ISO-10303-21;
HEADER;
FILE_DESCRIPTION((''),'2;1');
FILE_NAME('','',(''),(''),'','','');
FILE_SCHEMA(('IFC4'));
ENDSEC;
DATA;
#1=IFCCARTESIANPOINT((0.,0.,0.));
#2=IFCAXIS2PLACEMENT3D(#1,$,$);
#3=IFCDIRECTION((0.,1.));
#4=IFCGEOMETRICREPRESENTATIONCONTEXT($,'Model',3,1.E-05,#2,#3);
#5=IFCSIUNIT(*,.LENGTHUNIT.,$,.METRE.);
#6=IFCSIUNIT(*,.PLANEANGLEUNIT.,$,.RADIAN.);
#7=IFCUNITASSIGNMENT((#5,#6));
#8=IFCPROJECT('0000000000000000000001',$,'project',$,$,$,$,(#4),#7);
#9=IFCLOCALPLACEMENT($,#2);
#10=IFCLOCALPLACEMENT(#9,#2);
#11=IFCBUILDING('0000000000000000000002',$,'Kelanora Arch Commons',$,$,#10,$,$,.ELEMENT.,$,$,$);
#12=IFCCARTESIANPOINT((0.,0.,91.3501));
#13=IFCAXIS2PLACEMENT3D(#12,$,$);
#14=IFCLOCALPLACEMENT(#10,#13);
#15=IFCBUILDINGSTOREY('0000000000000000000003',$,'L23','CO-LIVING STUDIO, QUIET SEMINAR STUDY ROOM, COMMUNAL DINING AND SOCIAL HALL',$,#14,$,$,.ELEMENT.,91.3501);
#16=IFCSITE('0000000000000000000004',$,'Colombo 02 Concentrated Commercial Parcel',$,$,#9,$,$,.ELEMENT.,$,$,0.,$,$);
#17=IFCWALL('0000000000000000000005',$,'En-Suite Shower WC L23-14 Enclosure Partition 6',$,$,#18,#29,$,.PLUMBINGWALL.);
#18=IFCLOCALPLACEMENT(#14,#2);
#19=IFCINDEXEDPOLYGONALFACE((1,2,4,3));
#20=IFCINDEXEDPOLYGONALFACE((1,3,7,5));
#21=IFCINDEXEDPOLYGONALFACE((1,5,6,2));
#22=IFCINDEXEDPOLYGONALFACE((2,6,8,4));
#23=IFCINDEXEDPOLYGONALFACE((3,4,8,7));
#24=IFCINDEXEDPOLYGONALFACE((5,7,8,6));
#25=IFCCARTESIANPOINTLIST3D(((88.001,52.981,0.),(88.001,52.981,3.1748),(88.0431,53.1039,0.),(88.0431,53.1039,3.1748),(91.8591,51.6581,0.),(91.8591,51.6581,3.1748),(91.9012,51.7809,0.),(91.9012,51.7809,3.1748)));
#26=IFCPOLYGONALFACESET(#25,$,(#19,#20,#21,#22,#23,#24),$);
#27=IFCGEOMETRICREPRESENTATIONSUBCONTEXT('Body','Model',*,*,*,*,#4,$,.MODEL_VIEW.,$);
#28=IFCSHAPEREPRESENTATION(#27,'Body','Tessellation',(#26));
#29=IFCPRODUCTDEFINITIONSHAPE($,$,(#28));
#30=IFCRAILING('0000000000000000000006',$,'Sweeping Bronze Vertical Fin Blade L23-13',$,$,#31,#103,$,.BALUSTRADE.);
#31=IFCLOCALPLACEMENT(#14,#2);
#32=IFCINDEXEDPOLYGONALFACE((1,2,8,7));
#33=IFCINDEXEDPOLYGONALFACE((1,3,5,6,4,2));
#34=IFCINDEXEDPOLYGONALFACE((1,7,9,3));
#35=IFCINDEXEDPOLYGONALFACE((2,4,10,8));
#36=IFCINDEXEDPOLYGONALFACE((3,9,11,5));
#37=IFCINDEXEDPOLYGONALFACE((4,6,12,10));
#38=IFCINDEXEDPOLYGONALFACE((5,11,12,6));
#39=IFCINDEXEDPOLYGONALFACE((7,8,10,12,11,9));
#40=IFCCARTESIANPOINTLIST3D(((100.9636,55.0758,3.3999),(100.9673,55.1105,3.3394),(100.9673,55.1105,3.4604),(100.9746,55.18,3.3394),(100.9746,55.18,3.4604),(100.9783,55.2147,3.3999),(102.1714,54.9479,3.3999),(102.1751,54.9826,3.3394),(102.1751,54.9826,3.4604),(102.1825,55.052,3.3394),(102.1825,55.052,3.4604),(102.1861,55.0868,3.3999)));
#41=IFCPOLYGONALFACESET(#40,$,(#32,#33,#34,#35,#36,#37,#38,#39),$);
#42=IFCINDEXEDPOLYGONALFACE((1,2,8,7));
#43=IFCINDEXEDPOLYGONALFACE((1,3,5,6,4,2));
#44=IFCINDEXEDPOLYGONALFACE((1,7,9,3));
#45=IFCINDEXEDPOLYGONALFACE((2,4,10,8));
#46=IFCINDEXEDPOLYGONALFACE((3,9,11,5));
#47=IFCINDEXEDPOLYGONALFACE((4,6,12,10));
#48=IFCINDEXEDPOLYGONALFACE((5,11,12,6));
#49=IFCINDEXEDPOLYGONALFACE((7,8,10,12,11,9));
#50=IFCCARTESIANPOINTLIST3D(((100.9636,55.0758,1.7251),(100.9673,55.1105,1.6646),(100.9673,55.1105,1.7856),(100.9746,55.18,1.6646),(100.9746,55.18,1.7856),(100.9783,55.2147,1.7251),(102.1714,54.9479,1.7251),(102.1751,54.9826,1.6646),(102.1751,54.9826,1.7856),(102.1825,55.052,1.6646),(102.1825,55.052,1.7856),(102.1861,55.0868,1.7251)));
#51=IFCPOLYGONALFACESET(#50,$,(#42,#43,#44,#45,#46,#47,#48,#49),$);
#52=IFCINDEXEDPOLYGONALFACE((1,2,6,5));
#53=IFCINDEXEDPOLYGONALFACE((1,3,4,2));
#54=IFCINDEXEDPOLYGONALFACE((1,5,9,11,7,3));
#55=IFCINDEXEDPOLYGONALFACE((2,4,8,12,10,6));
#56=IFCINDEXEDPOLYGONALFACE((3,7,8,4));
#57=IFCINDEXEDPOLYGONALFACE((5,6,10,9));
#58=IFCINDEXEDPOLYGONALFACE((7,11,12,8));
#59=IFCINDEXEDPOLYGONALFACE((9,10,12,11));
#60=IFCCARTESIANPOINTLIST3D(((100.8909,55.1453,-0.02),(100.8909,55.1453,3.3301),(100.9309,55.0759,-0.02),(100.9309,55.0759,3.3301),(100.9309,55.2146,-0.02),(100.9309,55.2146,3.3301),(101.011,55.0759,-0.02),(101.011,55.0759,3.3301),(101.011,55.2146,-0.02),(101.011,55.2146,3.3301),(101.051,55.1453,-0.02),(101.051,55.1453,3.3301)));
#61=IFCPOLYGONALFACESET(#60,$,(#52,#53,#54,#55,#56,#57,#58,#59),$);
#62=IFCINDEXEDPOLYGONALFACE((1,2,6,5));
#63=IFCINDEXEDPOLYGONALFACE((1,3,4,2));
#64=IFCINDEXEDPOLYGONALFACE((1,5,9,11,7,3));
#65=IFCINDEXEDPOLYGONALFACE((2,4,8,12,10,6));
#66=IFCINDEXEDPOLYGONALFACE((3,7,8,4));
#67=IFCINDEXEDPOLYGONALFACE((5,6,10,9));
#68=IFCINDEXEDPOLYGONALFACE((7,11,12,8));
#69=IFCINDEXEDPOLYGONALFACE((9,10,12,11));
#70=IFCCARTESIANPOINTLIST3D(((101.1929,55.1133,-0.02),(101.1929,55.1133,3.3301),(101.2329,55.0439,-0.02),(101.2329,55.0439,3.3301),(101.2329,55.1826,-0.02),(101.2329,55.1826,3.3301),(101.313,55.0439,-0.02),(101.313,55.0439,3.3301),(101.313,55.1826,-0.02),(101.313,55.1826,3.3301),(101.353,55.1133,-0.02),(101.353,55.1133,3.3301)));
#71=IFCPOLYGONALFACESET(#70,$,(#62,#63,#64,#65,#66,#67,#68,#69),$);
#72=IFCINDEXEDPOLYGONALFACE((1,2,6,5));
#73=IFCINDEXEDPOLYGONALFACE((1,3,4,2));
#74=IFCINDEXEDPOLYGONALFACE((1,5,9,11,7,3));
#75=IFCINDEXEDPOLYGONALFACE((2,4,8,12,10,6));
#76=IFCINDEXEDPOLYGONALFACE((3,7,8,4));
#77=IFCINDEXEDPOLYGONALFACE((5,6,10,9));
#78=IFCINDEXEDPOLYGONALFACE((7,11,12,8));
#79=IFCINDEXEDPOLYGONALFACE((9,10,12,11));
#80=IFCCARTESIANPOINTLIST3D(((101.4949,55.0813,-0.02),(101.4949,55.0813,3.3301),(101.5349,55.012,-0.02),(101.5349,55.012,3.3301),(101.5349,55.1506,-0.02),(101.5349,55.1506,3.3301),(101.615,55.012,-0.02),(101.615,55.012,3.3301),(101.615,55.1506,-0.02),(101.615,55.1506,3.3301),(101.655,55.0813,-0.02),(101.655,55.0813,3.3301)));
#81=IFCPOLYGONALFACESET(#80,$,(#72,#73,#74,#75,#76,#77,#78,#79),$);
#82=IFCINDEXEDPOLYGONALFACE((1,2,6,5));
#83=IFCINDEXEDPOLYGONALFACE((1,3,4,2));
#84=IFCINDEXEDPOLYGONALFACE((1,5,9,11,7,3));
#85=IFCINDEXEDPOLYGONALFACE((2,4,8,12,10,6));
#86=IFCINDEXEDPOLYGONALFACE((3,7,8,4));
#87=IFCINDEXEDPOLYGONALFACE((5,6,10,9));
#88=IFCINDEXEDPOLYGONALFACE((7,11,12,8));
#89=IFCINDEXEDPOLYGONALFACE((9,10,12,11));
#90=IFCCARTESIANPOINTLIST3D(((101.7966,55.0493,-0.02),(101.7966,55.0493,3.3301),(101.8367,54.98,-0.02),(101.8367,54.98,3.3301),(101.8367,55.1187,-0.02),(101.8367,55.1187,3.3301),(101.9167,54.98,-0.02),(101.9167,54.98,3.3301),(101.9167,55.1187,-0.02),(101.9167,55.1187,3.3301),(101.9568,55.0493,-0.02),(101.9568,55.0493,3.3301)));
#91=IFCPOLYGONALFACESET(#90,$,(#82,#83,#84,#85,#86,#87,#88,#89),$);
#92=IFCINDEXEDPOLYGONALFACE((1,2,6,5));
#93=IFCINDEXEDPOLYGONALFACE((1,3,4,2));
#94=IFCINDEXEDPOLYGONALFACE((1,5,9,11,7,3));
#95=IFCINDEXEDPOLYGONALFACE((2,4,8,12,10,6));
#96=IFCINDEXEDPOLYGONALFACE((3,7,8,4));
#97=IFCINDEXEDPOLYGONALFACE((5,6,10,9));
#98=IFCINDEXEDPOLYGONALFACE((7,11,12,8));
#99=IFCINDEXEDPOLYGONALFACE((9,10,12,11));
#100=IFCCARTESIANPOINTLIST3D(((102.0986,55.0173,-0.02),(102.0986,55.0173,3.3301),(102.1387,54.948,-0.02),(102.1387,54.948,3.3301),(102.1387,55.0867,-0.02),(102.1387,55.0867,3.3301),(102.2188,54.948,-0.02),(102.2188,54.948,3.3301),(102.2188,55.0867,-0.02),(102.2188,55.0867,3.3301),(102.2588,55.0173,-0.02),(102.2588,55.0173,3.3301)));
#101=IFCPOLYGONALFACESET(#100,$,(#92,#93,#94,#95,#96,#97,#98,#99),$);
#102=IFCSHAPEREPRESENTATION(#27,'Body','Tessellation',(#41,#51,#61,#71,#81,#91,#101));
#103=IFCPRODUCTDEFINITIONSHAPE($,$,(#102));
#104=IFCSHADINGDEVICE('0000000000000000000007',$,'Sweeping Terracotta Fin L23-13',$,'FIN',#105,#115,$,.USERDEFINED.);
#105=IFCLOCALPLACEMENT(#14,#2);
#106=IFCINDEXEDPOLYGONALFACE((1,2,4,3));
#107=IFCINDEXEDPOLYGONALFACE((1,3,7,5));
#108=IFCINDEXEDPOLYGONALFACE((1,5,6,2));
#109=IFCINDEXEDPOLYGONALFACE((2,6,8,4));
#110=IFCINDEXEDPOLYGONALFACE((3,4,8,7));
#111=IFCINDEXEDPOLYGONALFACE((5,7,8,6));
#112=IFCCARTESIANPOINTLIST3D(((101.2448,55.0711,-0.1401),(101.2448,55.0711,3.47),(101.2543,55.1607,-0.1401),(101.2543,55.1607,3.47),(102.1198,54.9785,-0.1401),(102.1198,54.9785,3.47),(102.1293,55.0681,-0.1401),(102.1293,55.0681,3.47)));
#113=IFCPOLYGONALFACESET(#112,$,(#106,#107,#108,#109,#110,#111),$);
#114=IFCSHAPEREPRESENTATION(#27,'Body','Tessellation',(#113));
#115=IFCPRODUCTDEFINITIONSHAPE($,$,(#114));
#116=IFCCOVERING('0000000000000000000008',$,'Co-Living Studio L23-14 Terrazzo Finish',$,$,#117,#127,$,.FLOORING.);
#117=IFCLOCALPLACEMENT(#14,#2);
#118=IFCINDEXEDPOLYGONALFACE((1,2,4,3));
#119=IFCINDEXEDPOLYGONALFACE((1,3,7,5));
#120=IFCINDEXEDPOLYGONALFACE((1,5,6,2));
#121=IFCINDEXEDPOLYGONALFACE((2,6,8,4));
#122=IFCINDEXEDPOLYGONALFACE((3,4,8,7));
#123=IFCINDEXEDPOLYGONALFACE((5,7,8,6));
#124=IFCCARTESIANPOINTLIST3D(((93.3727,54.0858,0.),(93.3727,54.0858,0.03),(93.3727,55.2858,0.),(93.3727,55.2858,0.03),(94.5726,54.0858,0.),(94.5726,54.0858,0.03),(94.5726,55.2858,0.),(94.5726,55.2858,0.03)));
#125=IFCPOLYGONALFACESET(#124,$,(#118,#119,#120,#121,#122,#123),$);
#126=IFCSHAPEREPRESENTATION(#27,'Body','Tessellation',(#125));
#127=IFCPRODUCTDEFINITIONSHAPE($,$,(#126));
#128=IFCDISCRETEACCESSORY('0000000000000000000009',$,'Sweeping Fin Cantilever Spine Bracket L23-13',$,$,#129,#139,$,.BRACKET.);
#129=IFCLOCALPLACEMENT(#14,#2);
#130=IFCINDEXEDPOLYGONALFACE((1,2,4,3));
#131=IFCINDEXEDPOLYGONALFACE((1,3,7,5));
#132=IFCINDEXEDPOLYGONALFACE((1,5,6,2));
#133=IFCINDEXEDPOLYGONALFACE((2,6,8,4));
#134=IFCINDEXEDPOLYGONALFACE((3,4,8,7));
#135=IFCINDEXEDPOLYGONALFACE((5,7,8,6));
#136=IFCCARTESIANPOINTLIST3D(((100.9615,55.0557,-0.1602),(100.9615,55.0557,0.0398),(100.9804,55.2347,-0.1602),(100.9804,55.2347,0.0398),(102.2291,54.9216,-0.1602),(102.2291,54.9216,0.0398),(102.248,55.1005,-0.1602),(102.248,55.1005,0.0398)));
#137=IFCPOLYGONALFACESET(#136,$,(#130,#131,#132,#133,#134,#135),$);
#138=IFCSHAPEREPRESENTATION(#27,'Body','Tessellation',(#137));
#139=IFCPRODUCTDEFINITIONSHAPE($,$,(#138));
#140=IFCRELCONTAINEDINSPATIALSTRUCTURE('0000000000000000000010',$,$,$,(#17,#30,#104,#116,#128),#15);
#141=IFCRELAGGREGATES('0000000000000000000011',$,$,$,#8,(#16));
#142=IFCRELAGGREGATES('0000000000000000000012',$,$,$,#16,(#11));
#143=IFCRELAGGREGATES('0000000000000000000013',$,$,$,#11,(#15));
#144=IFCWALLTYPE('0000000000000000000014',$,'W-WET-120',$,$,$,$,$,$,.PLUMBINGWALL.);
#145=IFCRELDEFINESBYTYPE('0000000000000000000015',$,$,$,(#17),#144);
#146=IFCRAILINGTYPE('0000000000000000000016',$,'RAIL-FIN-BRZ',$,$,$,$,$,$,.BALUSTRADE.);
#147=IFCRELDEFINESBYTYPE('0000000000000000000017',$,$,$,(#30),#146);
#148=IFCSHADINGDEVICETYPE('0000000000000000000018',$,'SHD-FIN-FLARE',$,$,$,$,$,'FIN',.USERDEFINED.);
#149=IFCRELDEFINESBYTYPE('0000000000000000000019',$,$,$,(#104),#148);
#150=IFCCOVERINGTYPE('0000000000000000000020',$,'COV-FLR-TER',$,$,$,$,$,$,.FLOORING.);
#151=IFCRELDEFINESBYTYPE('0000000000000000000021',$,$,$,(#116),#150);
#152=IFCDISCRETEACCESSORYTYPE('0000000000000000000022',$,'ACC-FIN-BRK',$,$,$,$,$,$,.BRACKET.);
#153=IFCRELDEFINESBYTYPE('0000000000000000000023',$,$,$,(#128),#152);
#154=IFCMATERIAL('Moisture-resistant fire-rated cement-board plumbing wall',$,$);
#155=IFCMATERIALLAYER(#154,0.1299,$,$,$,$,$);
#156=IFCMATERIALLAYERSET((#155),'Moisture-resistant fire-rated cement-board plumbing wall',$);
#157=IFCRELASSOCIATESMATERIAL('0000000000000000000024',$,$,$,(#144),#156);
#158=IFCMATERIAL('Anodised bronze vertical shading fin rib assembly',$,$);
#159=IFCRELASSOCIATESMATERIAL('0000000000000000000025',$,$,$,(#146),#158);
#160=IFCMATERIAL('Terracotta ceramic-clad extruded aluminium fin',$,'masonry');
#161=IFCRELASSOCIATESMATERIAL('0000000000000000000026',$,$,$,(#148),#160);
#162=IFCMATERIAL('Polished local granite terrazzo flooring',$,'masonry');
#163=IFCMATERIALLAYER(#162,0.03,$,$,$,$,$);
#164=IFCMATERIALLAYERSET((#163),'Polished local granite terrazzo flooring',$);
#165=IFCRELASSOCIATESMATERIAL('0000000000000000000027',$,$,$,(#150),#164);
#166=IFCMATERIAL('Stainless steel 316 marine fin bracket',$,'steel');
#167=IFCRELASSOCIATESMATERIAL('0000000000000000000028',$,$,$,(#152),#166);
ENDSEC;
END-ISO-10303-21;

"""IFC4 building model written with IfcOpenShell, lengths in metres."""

from ifc_helpers import new_model, si_unit, direction, frame, frame_2d, origin, origin_2d, place, context, subcontext, project, spatial, polyline, rectangle, outline, extrude, source, transform, mapped, material, layer, layer_set, type_object, element, save


model = new_model("IFC4")

# Units and contexts
model_context = context("Model", 3, precision=1e-05, world=origin(), true_north=direction((0.0, 1.0)))
body_context = subcontext(model_context, "Body", "Model", "MODEL_VIEW")
ifc_project = project(units=[si_unit("LENGTHUNIT", "METRE"), si_unit("PLANEANGLEUNIT", "RADIAN")], contexts=[model_context])

# Site, building, storey
site_placement = place(None, origin())
site = spatial("IfcSite", under=ifc_project, at=site_placement, Name="Colombo 02 Concentrated Commercial Parcel", CompositionType="ELEMENT", RefElevation=0.0)
building_placement = place(site_placement, origin())
building = spatial("IfcBuilding", under=site, at=building_placement, Name="Kelanora Arch Commons", CompositionType="ELEMENT")
storey_placement = place(building_placement, frame((0.0, 0.0, 91.3501)))
storey = spatial("IfcBuildingStorey", under=building, at=storey_placement, Name="L23", Description="CO-LIVING STUDIO, QUIET SEMINAR STUDY ROOM, COMMUNAL DINING AND SOCIAL HALL", CompositionType="ELEMENT", Elevation=91.3501)

# Shared definitions
ifc_material_1 = material(Name="Moisture-resistant fire-rated cement-board plumbing wall")
ifc_layer_1 = layer(ifc_material_1, 0.1299)
ifc_layer_set_1 = layer_set([ifc_layer_1], Name="Moisture-resistant fire-rated cement-board plumbing wall")
wall_type_1 = type_object("IfcWallType", Name="W-WET-120", PredefinedType="PLUMBINGWALL", material=ifc_layer_set_1)

# Wall
wall_1_placement = place(storey_placement, frame((91.8801, 51.7195, 0.0), z_axis=(0.0, 0.0, 1.0), x_axis=(-0.945931, 0.324369, 0.0)))
element("IfcWall", 1, at=wall_1_placement, inside=storey, type_object=wall_type_1, Name="En-Suite Shower WC L23-14 Enclosure Partition 6", PredefinedType="PLUMBINGWALL", context=body_context, shape_type="SweptSolid", body=[
    extrude(rectangle(XDim=4.0786, YDim=0.1299, at=frame_2d((2.0393, 0.0))), origin(), (0.0, 0.0, 1.0), 3.1748),
])

# Railing
ifc_material_2 = material(Name="Anodised bronze vertical shading fin rib assembly")
railing_type_1 = type_object("IfcRailingType", Name="RAIL-FIN-BRZ", PredefinedType="BALUSTRADE", material=ifc_material_2)
railing_1_placement = place(storey_placement, frame((100.9709, 55.1453, -0.02)))
element("IfcRailing", 2, at=railing_1_placement, inside=storey, type_object=railing_type_1, Name="Sweeping Bronze Vertical Fin Blade L23-13", PredefinedType="BALUSTRADE", context=body_context, shape_type="SweptSolid", body=[
    extrude(outline(polyline([(0.0698, 0.0), (0.0349, 0.0605), (-0.0349, 0.0605), (-0.0698, 0.0), (-0.0349, -0.0605), (0.0349, -0.0605), (0.0698, 0.0)])), frame((0.0, 0.0, 3.4199), z_axis=(0.994437, -0.105334, 0.0), x_axis=(0.105334, 0.994437, 0.0)), (0.0, 0.0, 1.0), 1.2146),
    extrude(outline(polyline([(0.0698, 0.0), (0.0349, 0.0605), (-0.0349, 0.0605), (-0.0698, 0.0), (-0.0349, -0.0605), (0.0349, -0.0605), (0.0698, 0.0)])), frame((0.0, 0.0, 1.7451), z_axis=(0.994437, -0.105334, 0.0), x_axis=(0.105334, 0.994437, 0.0)), (0.0, 0.0, 1.0), 1.2146),
    extrude(outline(polyline([(0.0801, 0.0), (0.04, 0.0693), (-0.04, 0.0693), (-0.0801, 0.0), (-0.04, -0.0693), (0.04, -0.0693), (0.0801, 0.0)])), origin(), (0.0, 0.0, 1.0), 3.3501),
    extrude(outline(polyline([(0.0801, 0.0), (0.04, 0.0693), (-0.04, 0.0693), (-0.0801, 0.0), (-0.04, -0.0693), (0.04, -0.0693), (0.0801, 0.0)])), frame((0.302, -0.032, 0.0)), (0.0, 0.0, 1.0), 3.3501),
    extrude(outline(polyline([(0.0801, 0.0), (0.04, 0.0693), (-0.04, 0.0693), (-0.0801, 0.0), (-0.04, -0.0693), (0.04, -0.0693), (0.0801, 0.0)])), frame((0.604, -0.064, 0.0)), (0.0, 0.0, 1.0), 3.3501),
    extrude(outline(polyline([(0.0801, 0.0), (0.04, 0.0693), (-0.04, 0.0693), (-0.0801, 0.0), (-0.04, -0.0693), (0.04, -0.0693), (0.0801, 0.0)])), frame((0.9058, -0.0959, 0.0)), (0.0, 0.0, 1.0), 3.3501),
    extrude(outline(polyline([(0.0801, 0.0), (0.04, 0.0693), (-0.04, 0.0693), (-0.0801, 0.0), (-0.04, -0.0693), (0.04, -0.0693), (0.0801, 0.0)])), frame((1.2078, -0.1279, 0.0)), (0.0, 0.0, 1.0), 3.3501),
])

# Shading device
ifc_material_3 = material(Name="Terracotta ceramic-clad extruded aluminium fin", Category="masonry")
shading_device_type = type_object("IfcShadingDeviceType", Name="SHD-FIN-FLARE", ElementType="FIN", PredefinedType="USERDEFINED", material=ifc_material_3)
shared_shape_1 = source(origin(), body_context, "Body", "SweptSolid", [
    extrude(rectangle(XDim=0.8799, YDim=0.0901, at=origin_2d()), origin(), (0.0, 0.0, 1.0), 3.6101),
])
shading_device_placement = place(storey_placement, frame((101.687, 55.0696, -0.1401), z_axis=(0.0, 0.0, 1.0), x_axis=(0.994449, -0.105223, 0.0)))
element("IfcShadingDevice", 3, at=shading_device_placement, inside=storey, type_object=shading_device_type, Name="Sweeping Terracotta Fin L23-13", ObjectType="FIN", PredefinedType="USERDEFINED", context=body_context, shape_type="MappedRepresentation", body=[
    mapped(shared_shape_1, transform((0.0, 0.0, 0.0), scale=1.0)),
])

# Covering
ifc_material_4 = material(Name="Polished local granite terrazzo flooring", Category="masonry")
ifc_layer_2 = layer(ifc_material_4, 0.03)
ifc_layer_set_2 = layer_set([ifc_layer_2], Name="Polished local granite terrazzo flooring")
covering_type = type_object("IfcCoveringType", Name="COV-FLR-TER", PredefinedType="FLOORING", material=ifc_layer_set_2)
shared_shape_2 = source(origin(), body_context, "Body", "SweptSolid", [
    extrude(rectangle(XDim=1.2, YDim=1.2, at=origin_2d()), origin(), (0.0, 0.0, 1.0), 0.03),
])
covering_placement = place(storey_placement, frame((93.9727, 54.6858, 0.0), z_axis=(0.0, 0.0, 1.0), x_axis=(1.0, 0.0, 0.0)))
element("IfcCovering", 4, at=covering_placement, inside=storey, type_object=covering_type, Name="Co-Living Studio L23-14 Terrazzo Finish", PredefinedType="FLOORING", context=body_context, shape_type="MappedRepresentation", body=[
    mapped(shared_shape_2, transform((0.0, 0.0, 0.0), scale=1.0)),
])

# Discrete accessory
ifc_material_5 = material(Name="Stainless steel 316 marine fin bracket", Category="steel")
discrete_accessory_type = type_object("IfcDiscreteAccessoryType", Name="ACC-FIN-BRK", PredefinedType="BRACKET", material=ifc_material_5)
shared_shape_3 = source(origin(), body_context, "Body", "SweptSolid", [
    extrude(rectangle(XDim=1.2747, YDim=0.1799, at=origin_2d()), origin(), (0.0, 0.0, 1.0), 0.2),
])
discrete_accessory_placement = place(storey_placement, frame((101.6047, 55.0781, -0.1602), z_axis=(0.0, 0.0, 1.0), x_axis=(0.994449, -0.105223, 0.0)))
element("IfcDiscreteAccessory", 5, at=discrete_accessory_placement, inside=storey, type_object=discrete_accessory_type, Name="Sweeping Fin Cantilever Spine Bracket L23-13", PredefinedType="BRACKET", context=body_context, shape_type="MappedRepresentation", body=[
    mapped(shared_shape_3, transform((0.0, 0.0, 0.0), scale=1.0)),
])

save(model, "model.ifc")
